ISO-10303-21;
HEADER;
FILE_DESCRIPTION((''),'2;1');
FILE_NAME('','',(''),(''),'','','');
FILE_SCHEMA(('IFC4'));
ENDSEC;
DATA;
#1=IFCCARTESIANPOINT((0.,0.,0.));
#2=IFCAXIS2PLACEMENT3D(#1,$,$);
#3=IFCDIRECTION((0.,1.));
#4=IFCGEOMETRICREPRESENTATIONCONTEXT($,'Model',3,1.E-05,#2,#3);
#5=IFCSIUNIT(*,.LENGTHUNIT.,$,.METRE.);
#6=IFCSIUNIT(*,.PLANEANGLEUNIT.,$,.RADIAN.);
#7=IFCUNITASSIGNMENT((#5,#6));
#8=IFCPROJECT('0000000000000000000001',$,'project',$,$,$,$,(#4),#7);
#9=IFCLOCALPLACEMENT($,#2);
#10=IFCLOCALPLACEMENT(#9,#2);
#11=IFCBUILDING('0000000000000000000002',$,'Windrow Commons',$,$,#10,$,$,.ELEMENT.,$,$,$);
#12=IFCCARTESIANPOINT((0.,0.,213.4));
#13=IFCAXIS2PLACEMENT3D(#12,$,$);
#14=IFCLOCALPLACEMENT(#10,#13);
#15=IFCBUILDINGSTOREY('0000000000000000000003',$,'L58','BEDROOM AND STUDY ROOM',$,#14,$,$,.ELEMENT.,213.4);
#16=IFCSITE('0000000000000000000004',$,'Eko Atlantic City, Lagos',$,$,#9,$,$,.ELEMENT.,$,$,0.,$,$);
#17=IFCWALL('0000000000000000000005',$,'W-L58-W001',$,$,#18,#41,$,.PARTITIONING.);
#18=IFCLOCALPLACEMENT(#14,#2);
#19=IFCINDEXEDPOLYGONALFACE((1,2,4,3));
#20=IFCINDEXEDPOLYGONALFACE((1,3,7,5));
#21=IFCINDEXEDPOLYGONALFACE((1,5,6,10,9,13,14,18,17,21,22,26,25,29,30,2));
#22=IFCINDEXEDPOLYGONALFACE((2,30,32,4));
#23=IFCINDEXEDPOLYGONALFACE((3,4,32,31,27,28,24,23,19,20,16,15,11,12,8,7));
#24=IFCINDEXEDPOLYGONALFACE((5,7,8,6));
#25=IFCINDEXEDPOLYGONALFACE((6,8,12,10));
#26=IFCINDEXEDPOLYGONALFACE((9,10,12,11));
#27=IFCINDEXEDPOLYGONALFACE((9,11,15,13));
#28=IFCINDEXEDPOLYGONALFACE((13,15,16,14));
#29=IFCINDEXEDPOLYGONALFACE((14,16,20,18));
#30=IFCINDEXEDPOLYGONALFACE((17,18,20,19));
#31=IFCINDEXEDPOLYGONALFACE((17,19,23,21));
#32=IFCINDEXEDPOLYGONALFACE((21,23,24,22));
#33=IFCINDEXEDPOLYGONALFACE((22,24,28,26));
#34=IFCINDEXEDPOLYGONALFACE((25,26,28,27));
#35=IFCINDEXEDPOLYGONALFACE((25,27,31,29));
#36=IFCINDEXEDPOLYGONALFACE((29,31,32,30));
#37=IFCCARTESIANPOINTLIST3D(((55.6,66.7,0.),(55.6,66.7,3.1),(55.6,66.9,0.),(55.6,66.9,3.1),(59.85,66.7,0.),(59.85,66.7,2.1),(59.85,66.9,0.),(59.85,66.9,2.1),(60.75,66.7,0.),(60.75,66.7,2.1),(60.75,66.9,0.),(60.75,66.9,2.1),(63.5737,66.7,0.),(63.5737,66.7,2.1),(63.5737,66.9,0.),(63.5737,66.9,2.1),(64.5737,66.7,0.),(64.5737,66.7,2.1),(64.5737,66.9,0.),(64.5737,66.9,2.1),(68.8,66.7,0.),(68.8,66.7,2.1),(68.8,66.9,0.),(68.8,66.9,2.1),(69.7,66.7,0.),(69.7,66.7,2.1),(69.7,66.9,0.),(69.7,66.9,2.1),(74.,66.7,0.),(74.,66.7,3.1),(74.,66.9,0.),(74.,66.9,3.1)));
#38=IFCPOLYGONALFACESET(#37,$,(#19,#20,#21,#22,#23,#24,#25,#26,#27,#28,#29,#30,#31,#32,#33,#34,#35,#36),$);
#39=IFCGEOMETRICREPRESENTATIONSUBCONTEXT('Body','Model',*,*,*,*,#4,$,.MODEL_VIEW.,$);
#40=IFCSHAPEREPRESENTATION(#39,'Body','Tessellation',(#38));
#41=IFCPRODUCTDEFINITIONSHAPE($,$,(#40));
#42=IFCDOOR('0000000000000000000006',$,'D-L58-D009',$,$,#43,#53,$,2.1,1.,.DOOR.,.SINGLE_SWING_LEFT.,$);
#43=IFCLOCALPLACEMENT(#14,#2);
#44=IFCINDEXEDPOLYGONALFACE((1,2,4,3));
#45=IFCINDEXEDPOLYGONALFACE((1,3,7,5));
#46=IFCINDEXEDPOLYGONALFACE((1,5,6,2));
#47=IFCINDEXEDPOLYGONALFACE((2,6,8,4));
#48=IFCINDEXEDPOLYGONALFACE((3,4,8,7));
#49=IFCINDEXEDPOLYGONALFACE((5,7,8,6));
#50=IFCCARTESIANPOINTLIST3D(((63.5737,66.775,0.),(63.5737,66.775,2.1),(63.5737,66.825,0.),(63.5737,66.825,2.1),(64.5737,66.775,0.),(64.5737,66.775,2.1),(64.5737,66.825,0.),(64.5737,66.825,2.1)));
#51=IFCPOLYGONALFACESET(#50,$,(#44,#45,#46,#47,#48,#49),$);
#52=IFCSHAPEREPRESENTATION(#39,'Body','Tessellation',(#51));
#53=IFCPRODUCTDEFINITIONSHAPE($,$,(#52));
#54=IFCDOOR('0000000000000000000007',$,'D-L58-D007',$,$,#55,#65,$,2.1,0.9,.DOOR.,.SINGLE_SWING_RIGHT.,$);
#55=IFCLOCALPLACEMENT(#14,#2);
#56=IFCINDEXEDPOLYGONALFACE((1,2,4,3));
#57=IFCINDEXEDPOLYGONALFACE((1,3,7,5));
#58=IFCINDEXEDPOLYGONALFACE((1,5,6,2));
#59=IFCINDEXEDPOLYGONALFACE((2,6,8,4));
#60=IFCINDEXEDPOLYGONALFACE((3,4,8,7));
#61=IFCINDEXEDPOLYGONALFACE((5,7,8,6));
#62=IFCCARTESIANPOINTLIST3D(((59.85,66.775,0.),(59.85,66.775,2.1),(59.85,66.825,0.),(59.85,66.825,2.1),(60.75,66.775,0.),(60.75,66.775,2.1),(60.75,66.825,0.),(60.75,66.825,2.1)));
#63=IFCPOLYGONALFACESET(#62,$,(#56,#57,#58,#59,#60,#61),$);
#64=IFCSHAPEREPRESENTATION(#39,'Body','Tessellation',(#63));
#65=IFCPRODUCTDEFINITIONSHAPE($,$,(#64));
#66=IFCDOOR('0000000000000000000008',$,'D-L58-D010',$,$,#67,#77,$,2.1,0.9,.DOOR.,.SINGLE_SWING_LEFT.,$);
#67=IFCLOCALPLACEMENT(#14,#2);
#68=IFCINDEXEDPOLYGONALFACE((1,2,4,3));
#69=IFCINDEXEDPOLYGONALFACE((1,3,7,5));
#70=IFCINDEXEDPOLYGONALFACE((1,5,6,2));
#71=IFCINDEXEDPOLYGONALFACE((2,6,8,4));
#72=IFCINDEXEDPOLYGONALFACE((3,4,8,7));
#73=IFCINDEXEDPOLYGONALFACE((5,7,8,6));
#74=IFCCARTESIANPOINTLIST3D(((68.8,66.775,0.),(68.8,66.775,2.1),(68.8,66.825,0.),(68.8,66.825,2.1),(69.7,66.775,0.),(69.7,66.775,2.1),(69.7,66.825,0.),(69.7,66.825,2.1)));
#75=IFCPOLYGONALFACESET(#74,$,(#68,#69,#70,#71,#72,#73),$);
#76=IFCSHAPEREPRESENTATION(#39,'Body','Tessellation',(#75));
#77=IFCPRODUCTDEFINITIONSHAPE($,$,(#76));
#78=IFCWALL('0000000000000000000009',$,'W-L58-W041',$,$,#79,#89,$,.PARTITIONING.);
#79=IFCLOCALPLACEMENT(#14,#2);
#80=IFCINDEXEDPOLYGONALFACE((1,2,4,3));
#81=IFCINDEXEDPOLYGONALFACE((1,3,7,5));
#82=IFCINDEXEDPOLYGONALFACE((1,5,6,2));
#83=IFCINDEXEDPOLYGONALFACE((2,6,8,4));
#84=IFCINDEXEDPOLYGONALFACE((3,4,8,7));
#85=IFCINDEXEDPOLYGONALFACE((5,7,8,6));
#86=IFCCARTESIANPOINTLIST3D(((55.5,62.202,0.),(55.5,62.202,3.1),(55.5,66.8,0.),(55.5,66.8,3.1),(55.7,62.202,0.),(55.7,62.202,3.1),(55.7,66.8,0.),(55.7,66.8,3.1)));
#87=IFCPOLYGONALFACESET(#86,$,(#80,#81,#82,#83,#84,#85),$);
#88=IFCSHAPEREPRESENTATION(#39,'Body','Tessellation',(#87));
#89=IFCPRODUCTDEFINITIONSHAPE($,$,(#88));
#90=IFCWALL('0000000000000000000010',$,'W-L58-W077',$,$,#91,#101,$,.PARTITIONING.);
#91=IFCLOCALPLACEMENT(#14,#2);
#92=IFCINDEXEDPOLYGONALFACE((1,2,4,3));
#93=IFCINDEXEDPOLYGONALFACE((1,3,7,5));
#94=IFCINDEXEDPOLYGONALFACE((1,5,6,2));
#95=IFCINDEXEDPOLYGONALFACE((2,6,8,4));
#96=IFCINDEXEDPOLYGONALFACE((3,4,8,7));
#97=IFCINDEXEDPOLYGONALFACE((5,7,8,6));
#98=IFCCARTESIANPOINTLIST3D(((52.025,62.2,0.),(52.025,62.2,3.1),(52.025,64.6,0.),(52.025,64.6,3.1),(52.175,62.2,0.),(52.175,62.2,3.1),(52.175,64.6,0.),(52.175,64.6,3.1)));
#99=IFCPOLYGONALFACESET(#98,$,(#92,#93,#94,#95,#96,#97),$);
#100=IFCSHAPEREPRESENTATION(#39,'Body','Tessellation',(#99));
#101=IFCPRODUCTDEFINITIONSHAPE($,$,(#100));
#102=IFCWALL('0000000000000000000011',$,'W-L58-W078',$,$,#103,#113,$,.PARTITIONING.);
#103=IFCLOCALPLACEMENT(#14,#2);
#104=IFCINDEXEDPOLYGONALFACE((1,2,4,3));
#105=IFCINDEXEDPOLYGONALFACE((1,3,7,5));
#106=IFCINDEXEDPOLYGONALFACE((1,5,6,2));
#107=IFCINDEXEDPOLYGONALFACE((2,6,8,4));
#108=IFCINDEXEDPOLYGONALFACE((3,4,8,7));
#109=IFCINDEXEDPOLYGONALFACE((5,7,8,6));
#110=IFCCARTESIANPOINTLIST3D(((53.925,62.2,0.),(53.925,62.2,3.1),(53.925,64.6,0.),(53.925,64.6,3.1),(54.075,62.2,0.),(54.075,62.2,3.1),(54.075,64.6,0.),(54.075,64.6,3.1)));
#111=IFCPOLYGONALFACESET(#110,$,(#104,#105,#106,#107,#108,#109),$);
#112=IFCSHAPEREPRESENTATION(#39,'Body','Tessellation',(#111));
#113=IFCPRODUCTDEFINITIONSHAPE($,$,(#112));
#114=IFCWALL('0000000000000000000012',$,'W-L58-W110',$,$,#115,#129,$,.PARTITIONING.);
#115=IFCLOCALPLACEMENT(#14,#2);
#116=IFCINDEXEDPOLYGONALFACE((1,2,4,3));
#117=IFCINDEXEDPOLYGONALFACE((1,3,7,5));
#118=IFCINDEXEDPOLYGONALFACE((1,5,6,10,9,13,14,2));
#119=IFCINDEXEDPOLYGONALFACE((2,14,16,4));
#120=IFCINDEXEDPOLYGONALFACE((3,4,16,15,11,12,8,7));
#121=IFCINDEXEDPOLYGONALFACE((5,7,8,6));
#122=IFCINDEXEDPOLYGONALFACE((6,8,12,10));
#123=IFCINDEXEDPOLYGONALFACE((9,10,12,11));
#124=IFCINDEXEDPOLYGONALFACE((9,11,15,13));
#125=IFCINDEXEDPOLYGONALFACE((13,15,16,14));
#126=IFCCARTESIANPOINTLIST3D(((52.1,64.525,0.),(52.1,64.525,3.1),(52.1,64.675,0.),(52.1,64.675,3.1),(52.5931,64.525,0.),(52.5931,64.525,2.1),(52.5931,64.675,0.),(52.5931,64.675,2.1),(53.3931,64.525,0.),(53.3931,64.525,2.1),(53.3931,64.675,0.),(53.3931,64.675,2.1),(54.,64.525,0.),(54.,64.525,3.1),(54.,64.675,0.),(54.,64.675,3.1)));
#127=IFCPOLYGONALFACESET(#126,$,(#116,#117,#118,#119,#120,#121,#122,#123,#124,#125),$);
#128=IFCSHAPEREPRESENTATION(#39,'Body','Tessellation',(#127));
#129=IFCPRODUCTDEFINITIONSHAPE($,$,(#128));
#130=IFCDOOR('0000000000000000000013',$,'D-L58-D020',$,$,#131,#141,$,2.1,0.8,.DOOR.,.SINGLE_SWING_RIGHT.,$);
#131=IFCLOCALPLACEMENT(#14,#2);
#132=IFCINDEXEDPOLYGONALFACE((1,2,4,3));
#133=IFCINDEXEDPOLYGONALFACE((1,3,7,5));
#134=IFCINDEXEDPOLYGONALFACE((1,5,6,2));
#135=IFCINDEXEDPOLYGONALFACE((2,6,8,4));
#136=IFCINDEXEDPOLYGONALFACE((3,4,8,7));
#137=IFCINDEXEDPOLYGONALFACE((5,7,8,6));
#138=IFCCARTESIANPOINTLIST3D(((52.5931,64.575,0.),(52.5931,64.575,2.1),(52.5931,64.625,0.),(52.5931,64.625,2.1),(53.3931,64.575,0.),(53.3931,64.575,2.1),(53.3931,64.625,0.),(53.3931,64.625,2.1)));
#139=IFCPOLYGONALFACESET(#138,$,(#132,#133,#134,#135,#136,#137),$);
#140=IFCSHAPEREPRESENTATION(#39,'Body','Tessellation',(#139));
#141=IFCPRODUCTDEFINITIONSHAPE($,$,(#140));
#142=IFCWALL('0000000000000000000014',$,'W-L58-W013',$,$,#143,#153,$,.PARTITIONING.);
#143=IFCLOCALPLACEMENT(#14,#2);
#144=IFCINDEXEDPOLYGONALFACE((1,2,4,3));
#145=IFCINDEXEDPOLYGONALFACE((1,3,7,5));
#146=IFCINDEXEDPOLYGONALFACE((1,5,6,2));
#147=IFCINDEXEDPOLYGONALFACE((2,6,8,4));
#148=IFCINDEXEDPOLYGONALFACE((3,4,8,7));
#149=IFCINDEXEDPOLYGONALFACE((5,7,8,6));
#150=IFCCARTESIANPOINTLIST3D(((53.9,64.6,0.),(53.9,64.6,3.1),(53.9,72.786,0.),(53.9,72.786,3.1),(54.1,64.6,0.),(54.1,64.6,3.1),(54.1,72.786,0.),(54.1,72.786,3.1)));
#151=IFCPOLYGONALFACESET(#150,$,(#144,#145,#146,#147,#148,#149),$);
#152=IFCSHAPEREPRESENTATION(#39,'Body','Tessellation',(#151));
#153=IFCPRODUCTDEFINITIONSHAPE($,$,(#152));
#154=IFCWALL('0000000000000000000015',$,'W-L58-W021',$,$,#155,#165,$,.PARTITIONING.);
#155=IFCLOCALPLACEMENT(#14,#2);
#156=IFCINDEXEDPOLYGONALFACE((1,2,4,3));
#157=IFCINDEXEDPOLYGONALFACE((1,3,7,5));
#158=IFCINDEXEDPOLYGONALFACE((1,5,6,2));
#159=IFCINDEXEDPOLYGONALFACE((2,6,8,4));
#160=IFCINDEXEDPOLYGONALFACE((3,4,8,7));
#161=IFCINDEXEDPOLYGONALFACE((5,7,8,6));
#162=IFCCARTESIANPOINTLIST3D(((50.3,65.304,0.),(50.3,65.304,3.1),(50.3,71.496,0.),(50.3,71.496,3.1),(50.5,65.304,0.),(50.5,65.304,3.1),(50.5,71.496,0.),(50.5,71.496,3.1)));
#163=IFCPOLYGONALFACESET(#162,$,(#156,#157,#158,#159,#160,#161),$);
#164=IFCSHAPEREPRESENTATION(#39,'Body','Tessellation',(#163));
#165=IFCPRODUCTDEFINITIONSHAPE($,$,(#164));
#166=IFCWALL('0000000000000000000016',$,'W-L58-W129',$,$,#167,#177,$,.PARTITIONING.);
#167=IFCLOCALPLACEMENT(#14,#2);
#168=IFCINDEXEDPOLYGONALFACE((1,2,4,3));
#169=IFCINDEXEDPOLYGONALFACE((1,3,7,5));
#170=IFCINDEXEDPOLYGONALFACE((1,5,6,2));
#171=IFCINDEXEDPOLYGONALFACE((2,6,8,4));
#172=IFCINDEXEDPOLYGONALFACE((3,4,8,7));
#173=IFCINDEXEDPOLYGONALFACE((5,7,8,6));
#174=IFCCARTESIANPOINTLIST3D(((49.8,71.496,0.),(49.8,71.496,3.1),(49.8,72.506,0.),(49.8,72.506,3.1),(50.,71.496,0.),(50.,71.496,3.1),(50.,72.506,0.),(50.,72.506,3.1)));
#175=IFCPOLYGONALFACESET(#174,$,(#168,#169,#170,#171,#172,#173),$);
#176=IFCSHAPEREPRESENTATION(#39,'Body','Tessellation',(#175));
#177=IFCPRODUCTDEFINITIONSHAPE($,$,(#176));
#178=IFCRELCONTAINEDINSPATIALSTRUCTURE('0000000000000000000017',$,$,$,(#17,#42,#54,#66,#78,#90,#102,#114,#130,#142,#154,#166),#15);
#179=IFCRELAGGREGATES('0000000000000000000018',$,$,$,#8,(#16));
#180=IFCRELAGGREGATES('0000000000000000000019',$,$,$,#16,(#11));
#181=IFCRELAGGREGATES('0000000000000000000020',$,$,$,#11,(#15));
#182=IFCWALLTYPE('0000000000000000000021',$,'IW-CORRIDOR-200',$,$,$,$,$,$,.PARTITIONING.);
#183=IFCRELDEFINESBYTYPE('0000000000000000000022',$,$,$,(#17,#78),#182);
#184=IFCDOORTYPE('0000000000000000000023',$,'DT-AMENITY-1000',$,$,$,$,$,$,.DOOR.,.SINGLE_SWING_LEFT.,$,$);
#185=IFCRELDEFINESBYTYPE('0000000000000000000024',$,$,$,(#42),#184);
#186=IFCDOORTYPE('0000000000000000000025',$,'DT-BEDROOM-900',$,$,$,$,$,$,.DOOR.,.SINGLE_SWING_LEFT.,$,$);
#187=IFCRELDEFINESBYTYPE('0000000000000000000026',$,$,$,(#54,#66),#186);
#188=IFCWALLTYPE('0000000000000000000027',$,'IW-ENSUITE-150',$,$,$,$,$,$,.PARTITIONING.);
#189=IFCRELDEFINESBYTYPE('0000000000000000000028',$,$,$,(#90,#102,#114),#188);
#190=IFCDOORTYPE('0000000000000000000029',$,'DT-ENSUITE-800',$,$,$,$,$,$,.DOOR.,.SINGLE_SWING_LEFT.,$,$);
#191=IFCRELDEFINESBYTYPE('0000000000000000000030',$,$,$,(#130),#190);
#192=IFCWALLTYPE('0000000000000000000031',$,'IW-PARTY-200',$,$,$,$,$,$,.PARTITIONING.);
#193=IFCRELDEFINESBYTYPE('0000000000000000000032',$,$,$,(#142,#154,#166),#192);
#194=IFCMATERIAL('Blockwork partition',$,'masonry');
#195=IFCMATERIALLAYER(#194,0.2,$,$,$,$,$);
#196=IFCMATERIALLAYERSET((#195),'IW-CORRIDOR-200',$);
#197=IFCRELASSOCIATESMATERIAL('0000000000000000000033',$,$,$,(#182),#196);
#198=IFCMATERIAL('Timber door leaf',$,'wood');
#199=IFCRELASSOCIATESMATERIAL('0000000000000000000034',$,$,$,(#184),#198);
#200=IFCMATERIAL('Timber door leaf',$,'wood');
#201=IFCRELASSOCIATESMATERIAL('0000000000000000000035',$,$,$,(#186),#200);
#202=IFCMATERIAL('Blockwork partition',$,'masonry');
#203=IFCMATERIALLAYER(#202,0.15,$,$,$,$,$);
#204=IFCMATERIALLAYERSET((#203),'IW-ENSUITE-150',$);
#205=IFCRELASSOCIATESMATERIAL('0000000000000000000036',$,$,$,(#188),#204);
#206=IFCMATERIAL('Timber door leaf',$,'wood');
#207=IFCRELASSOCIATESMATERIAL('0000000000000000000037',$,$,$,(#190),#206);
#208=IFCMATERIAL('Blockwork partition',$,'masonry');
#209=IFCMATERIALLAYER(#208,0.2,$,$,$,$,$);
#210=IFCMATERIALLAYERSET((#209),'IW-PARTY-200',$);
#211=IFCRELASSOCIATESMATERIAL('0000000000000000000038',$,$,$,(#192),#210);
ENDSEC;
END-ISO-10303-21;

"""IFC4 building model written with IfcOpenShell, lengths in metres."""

from ifc_helpers import new_model, si_unit, direction, frame, frame_2d, origin, place, context, subcontext, project, spatial, rectangle, extrude, material, layer, layer_set, type_object, element, fill, save


model = new_model("IFC4")

# Units and contexts
model_context = context("Model", 3, precision=1e-05, world=origin(), true_north=direction((0.0, 1.0)))
body_context = subcontext(model_context, "Body", "Model", "MODEL_VIEW")
ifc_project = project(units=[si_unit("LENGTHUNIT", "METRE"), si_unit("PLANEANGLEUNIT", "RADIAN")], contexts=[model_context])

# Site, building, storey
site_placement = place(None, origin())
site = spatial("IfcSite", under=ifc_project, at=site_placement, Name="Eko Atlantic City, Lagos", CompositionType="ELEMENT", RefElevation=0.0)
building_placement = place(site_placement, origin())
building = spatial("IfcBuilding", under=site, at=building_placement, Name="Windrow Commons", CompositionType="ELEMENT")
storey_placement = place(building_placement, frame((0.0, 0.0, 213.4)))
storey = spatial("IfcBuildingStorey", under=building, at=storey_placement, Name="L58", Description="BEDROOM AND STUDY ROOM", CompositionType="ELEMENT", Elevation=213.4)

# Wall, openings, doors
ifc_material_1 = material(Name="Blockwork partition", Category="masonry")
ifc_layer_1 = layer(ifc_material_1, 0.2)
ifc_layer_set_1 = layer_set([ifc_layer_1], Name="IW-CORRIDOR-200")
wall_type_1 = type_object("IfcWallType", Name="IW-CORRIDOR-200", PredefinedType="PARTITIONING", material=ifc_layer_set_1)
wall_1_placement = place(storey_placement, frame((55.6, 66.8, 0.0), z_axis=(0.0, 0.0, 1.0), x_axis=(1.0, 0.0, 0.0)))
wall_1 = element("IfcWall", 1, at=wall_1_placement, inside=storey, type_object=wall_type_1, Name="W-L58-W001", PredefinedType="PARTITIONING", context=body_context, shape_type="SweptSolid", body=[
    extrude(rectangle(XDim=18.4, YDim=0.2, at=frame_2d((9.2, 0.0))), origin(), (0.0, 0.0, 1.0), 3.1),
])
opening_1_placement = place(wall_1_placement, frame((4.25, 0.0, 0.0)))
opening_1 = element("IfcOpeningElement", 2, at=opening_1_placement, cuts=wall_1, PredefinedType="OPENING", context=body_context, shape_type="SweptSolid", body=[
    extrude(rectangle(XDim=0.9, YDim=2.1, at=frame_2d((0.45, 1.05))), frame((0.0, 0.11, 0.0), z_axis=(0.0, -1.0, 0.0), x_axis=(1.0, 0.0, 0.0)), (0.0, 0.0, 1.0), 0.22),
])
opening_2_placement = place(wall_1_placement, frame((7.9737, 0.0, 0.0)))
opening_2 = element("IfcOpeningElement", 3, at=opening_2_placement, cuts=wall_1, PredefinedType="OPENING", context=body_context, shape_type="SweptSolid", body=[
    extrude(rectangle(XDim=1.0, YDim=2.1, at=frame_2d((0.5, 1.05))), frame((0.0, 0.11, 0.0), z_axis=(0.0, -1.0, 0.0), x_axis=(1.0, 0.0, 0.0)), (0.0, 0.0, 1.0), 0.22),
])
opening_3_placement = place(wall_1_placement, frame((13.2, 0.0, 0.0)))
opening_3 = element("IfcOpeningElement", 4, at=opening_3_placement, cuts=wall_1, PredefinedType="OPENING", context=body_context, shape_type="SweptSolid", body=[
    extrude(rectangle(XDim=0.9, YDim=2.1, at=frame_2d((0.45, 1.05))), frame((0.0, 0.11, 0.0), z_axis=(0.0, -1.0, 0.0), x_axis=(1.0, 0.0, 0.0)), (0.0, 0.0, 1.0), 0.22),
])
ifc_material_2 = material(Name="Timber door leaf", Category="wood")
door_type_1 = type_object("IfcDoorType", Name="DT-AMENITY-1000", OperationType="SINGLE_SWING_LEFT", PredefinedType="DOOR", material=ifc_material_2)
door_1_placement = place(opening_2_placement, origin())
door_1 = element("IfcDoor", 5, at=door_1_placement, inside=storey, type_object=door_type_1, Name="D-L58-D009", OperationType="SINGLE_SWING_LEFT", OverallHeight=2.1, OverallWidth=1.0, PredefinedType="DOOR", context=body_context, shape_type="SweptSolid", body=[
    extrude(rectangle(XDim=1.0, YDim=2.1, at=frame_2d((0.5, 1.05))), frame((0.0, 0.025, 0.0), z_axis=(0.0, -1.0, 0.0), x_axis=(1.0, 0.0, 0.0)), (0.0, 0.0, 1.0), 0.05),
])
fill(opening_2, door_1)
ifc_material_3 = material(Name="Timber door leaf", Category="wood")
door_type_2 = type_object("IfcDoorType", Name="DT-BEDROOM-900", OperationType="SINGLE_SWING_LEFT", PredefinedType="DOOR", material=ifc_material_3)
door_2_placement = place(opening_1_placement, origin())
door_2 = element("IfcDoor", 6, at=door_2_placement, inside=storey, type_object=door_type_2, Name="D-L58-D007", OperationType="SINGLE_SWING_RIGHT", OverallHeight=2.1, OverallWidth=0.9, PredefinedType="DOOR", context=body_context, shape_type="SweptSolid", body=[
    extrude(rectangle(XDim=0.9, YDim=2.1, at=frame_2d((0.45, 1.05))), frame((0.0, 0.025, 0.0), z_axis=(0.0, -1.0, 0.0), x_axis=(1.0, 0.0, 0.0)), (0.0, 0.0, 1.0), 0.05),
])
fill(opening_1, door_2)
door_3_placement = place(opening_3_placement, origin())
door_3 = element("IfcDoor", 7, at=door_3_placement, inside=storey, type_object=door_type_2, Name="D-L58-D010", OperationType="SINGLE_SWING_LEFT", OverallHeight=2.1, OverallWidth=0.9, PredefinedType="DOOR", context=body_context, shape_type="SweptSolid", body=[
    extrude(rectangle(XDim=0.9, YDim=2.1, at=frame_2d((0.45, 1.05))), frame((0.0, 0.025, 0.0), z_axis=(0.0, -1.0, 0.0), x_axis=(1.0, 0.0, 0.0)), (0.0, 0.0, 1.0), 0.05),
])
fill(opening_3, door_3)

# Walls
wall_2_placement = place(storey_placement, frame((55.6, 62.202, 0.0), z_axis=(0.0, 0.0, 1.0), x_axis=(0.0, 1.0, 0.0)))
element("IfcWall", 8, at=wall_2_placement, inside=storey, type_object=wall_type_1, Name="W-L58-W041", PredefinedType="PARTITIONING", context=body_context, shape_type="SweptSolid", body=[
    extrude(rectangle(XDim=4.598, YDim=0.2, at=frame_2d((2.299, 0.0))), origin(), (0.0, 0.0, 1.0), 3.1),
])
ifc_material_4 = material(Name="Blockwork partition", Category="masonry")
ifc_layer_2 = layer(ifc_material_4, 0.15)
ifc_layer_set_2 = layer_set([ifc_layer_2], Name="IW-ENSUITE-150")
wall_type_2 = type_object("IfcWallType", Name="IW-ENSUITE-150", PredefinedType="PARTITIONING", material=ifc_layer_set_2)
for number, where, z_axis, x_axis, name in (
    (9, (52.1, 62.2, 0.0), (0.0, 0.0, 1.0), (0.0, 1.0, 0.0), "W-L58-W077"),
    (10, (54.0, 62.2, 0.0), (0.0, 0.0, 1.0), (0.0, 1.0, 0.0), "W-L58-W078"),
):
    element("IfcWall", number, at=place(storey_placement, frame(where, z_axis=z_axis, x_axis=x_axis)), inside=storey, type_object=wall_type_2, Name=name, PredefinedType="PARTITIONING", context=body_context, shape_type="SweptSolid", body=[
        extrude(rectangle(XDim=2.4, YDim=0.15, at=frame_2d((1.2, 0.0))), origin(), (0.0, 0.0, 1.0), 3.1),
    ])

# Wall, opening, door
wall_3_placement = place(storey_placement, frame((52.1, 64.6, 0.0), z_axis=(0.0, 0.0, 1.0), x_axis=(1.0, 0.0, 0.0)))
wall_3 = element("IfcWall", 11, at=wall_3_placement, inside=storey, type_object=wall_type_2, Name="W-L58-W110", PredefinedType="PARTITIONING", context=body_context, shape_type="SweptSolid", body=[
    extrude(rectangle(XDim=1.9, YDim=0.15, at=frame_2d((0.95, 0.0))), origin(), (0.0, 0.0, 1.0), 3.1),
])
opening_4_placement = place(wall_3_placement, frame((0.4931, 0.0, 0.0)))
opening_4 = element("IfcOpeningElement", 12, at=opening_4_placement, cuts=wall_3, PredefinedType="OPENING", context=body_context, shape_type="SweptSolid", body=[
    extrude(rectangle(XDim=0.8, YDim=2.1, at=frame_2d((0.4, 1.05))), frame((0.0, 0.085, 0.0), z_axis=(0.0, -1.0, 0.0), x_axis=(1.0, 0.0, 0.0)), (0.0, 0.0, 1.0), 0.17),
])
ifc_material_5 = material(Name="Timber door leaf", Category="wood")
door_type_3 = type_object("IfcDoorType", Name="DT-ENSUITE-800", OperationType="SINGLE_SWING_LEFT", PredefinedType="DOOR", material=ifc_material_5)
door_4_placement = place(opening_4_placement, origin())
door_4 = element("IfcDoor", 13, at=door_4_placement, inside=storey, type_object=door_type_3, Name="D-L58-D020", OperationType="SINGLE_SWING_RIGHT", OverallHeight=2.1, OverallWidth=0.8, PredefinedType="DOOR", context=body_context, shape_type="SweptSolid", body=[
    extrude(rectangle(XDim=0.8, YDim=2.1, at=frame_2d((0.4, 1.05))), frame((0.0, 0.025, 0.0), z_axis=(0.0, -1.0, 0.0), x_axis=(1.0, 0.0, 0.0)), (0.0, 0.0, 1.0), 0.05),
])
fill(opening_4, door_4)

# Walls
ifc_material_6 = material(Name="Blockwork partition", Category="masonry")
ifc_layer_3 = layer(ifc_material_6, 0.2)
ifc_layer_set_3 = layer_set([ifc_layer_3], Name="IW-PARTY-200")
wall_type_3 = type_object("IfcWallType", Name="IW-PARTY-200", PredefinedType="PARTITIONING", material=ifc_layer_set_3)
wall_4_placement = place(storey_placement, frame((54.0, 64.6, 0.0), z_axis=(0.0, 0.0, 1.0), x_axis=(0.0, 1.0, 0.0)))
element("IfcWall", 14, at=wall_4_placement, inside=storey, type_object=wall_type_3, Name="W-L58-W013", PredefinedType="PARTITIONING", context=body_context, shape_type="SweptSolid", body=[
    extrude(rectangle(XDim=8.186, YDim=0.2, at=frame_2d((4.093, 0.0))), origin(), (0.0, 0.0, 1.0), 3.1),
])
wall_5_placement = place(storey_placement, frame((50.4, 65.304, 0.0), z_axis=(0.0, 0.0, 1.0), x_axis=(0.0, 1.0, 0.0)))
element("IfcWall", 15, at=wall_5_placement, inside=storey, type_object=wall_type_3, Name="W-L58-W021", PredefinedType="PARTITIONING", context=body_context, shape_type="SweptSolid", body=[
    extrude(rectangle(XDim=6.192, YDim=0.2, at=frame_2d((3.096, 0.0))), origin(), (0.0, 0.0, 1.0), 3.1),
])
wall_6_placement = place(storey_placement, frame((49.9, 71.496, 0.0), z_axis=(0.0, 0.0, 1.0), x_axis=(0.0, 1.0, 0.0)))
element("IfcWall", 16, at=wall_6_placement, inside=storey, type_object=wall_type_3, Name="W-L58-W129", PredefinedType="PARTITIONING", context=body_context, shape_type="SweptSolid", body=[
    extrude(rectangle(XDim=1.01, YDim=0.2, at=frame_2d((0.505, 0.0))), origin(), (0.0, 0.0, 1.0), 3.1),
])

save(model, "model.ifc")
